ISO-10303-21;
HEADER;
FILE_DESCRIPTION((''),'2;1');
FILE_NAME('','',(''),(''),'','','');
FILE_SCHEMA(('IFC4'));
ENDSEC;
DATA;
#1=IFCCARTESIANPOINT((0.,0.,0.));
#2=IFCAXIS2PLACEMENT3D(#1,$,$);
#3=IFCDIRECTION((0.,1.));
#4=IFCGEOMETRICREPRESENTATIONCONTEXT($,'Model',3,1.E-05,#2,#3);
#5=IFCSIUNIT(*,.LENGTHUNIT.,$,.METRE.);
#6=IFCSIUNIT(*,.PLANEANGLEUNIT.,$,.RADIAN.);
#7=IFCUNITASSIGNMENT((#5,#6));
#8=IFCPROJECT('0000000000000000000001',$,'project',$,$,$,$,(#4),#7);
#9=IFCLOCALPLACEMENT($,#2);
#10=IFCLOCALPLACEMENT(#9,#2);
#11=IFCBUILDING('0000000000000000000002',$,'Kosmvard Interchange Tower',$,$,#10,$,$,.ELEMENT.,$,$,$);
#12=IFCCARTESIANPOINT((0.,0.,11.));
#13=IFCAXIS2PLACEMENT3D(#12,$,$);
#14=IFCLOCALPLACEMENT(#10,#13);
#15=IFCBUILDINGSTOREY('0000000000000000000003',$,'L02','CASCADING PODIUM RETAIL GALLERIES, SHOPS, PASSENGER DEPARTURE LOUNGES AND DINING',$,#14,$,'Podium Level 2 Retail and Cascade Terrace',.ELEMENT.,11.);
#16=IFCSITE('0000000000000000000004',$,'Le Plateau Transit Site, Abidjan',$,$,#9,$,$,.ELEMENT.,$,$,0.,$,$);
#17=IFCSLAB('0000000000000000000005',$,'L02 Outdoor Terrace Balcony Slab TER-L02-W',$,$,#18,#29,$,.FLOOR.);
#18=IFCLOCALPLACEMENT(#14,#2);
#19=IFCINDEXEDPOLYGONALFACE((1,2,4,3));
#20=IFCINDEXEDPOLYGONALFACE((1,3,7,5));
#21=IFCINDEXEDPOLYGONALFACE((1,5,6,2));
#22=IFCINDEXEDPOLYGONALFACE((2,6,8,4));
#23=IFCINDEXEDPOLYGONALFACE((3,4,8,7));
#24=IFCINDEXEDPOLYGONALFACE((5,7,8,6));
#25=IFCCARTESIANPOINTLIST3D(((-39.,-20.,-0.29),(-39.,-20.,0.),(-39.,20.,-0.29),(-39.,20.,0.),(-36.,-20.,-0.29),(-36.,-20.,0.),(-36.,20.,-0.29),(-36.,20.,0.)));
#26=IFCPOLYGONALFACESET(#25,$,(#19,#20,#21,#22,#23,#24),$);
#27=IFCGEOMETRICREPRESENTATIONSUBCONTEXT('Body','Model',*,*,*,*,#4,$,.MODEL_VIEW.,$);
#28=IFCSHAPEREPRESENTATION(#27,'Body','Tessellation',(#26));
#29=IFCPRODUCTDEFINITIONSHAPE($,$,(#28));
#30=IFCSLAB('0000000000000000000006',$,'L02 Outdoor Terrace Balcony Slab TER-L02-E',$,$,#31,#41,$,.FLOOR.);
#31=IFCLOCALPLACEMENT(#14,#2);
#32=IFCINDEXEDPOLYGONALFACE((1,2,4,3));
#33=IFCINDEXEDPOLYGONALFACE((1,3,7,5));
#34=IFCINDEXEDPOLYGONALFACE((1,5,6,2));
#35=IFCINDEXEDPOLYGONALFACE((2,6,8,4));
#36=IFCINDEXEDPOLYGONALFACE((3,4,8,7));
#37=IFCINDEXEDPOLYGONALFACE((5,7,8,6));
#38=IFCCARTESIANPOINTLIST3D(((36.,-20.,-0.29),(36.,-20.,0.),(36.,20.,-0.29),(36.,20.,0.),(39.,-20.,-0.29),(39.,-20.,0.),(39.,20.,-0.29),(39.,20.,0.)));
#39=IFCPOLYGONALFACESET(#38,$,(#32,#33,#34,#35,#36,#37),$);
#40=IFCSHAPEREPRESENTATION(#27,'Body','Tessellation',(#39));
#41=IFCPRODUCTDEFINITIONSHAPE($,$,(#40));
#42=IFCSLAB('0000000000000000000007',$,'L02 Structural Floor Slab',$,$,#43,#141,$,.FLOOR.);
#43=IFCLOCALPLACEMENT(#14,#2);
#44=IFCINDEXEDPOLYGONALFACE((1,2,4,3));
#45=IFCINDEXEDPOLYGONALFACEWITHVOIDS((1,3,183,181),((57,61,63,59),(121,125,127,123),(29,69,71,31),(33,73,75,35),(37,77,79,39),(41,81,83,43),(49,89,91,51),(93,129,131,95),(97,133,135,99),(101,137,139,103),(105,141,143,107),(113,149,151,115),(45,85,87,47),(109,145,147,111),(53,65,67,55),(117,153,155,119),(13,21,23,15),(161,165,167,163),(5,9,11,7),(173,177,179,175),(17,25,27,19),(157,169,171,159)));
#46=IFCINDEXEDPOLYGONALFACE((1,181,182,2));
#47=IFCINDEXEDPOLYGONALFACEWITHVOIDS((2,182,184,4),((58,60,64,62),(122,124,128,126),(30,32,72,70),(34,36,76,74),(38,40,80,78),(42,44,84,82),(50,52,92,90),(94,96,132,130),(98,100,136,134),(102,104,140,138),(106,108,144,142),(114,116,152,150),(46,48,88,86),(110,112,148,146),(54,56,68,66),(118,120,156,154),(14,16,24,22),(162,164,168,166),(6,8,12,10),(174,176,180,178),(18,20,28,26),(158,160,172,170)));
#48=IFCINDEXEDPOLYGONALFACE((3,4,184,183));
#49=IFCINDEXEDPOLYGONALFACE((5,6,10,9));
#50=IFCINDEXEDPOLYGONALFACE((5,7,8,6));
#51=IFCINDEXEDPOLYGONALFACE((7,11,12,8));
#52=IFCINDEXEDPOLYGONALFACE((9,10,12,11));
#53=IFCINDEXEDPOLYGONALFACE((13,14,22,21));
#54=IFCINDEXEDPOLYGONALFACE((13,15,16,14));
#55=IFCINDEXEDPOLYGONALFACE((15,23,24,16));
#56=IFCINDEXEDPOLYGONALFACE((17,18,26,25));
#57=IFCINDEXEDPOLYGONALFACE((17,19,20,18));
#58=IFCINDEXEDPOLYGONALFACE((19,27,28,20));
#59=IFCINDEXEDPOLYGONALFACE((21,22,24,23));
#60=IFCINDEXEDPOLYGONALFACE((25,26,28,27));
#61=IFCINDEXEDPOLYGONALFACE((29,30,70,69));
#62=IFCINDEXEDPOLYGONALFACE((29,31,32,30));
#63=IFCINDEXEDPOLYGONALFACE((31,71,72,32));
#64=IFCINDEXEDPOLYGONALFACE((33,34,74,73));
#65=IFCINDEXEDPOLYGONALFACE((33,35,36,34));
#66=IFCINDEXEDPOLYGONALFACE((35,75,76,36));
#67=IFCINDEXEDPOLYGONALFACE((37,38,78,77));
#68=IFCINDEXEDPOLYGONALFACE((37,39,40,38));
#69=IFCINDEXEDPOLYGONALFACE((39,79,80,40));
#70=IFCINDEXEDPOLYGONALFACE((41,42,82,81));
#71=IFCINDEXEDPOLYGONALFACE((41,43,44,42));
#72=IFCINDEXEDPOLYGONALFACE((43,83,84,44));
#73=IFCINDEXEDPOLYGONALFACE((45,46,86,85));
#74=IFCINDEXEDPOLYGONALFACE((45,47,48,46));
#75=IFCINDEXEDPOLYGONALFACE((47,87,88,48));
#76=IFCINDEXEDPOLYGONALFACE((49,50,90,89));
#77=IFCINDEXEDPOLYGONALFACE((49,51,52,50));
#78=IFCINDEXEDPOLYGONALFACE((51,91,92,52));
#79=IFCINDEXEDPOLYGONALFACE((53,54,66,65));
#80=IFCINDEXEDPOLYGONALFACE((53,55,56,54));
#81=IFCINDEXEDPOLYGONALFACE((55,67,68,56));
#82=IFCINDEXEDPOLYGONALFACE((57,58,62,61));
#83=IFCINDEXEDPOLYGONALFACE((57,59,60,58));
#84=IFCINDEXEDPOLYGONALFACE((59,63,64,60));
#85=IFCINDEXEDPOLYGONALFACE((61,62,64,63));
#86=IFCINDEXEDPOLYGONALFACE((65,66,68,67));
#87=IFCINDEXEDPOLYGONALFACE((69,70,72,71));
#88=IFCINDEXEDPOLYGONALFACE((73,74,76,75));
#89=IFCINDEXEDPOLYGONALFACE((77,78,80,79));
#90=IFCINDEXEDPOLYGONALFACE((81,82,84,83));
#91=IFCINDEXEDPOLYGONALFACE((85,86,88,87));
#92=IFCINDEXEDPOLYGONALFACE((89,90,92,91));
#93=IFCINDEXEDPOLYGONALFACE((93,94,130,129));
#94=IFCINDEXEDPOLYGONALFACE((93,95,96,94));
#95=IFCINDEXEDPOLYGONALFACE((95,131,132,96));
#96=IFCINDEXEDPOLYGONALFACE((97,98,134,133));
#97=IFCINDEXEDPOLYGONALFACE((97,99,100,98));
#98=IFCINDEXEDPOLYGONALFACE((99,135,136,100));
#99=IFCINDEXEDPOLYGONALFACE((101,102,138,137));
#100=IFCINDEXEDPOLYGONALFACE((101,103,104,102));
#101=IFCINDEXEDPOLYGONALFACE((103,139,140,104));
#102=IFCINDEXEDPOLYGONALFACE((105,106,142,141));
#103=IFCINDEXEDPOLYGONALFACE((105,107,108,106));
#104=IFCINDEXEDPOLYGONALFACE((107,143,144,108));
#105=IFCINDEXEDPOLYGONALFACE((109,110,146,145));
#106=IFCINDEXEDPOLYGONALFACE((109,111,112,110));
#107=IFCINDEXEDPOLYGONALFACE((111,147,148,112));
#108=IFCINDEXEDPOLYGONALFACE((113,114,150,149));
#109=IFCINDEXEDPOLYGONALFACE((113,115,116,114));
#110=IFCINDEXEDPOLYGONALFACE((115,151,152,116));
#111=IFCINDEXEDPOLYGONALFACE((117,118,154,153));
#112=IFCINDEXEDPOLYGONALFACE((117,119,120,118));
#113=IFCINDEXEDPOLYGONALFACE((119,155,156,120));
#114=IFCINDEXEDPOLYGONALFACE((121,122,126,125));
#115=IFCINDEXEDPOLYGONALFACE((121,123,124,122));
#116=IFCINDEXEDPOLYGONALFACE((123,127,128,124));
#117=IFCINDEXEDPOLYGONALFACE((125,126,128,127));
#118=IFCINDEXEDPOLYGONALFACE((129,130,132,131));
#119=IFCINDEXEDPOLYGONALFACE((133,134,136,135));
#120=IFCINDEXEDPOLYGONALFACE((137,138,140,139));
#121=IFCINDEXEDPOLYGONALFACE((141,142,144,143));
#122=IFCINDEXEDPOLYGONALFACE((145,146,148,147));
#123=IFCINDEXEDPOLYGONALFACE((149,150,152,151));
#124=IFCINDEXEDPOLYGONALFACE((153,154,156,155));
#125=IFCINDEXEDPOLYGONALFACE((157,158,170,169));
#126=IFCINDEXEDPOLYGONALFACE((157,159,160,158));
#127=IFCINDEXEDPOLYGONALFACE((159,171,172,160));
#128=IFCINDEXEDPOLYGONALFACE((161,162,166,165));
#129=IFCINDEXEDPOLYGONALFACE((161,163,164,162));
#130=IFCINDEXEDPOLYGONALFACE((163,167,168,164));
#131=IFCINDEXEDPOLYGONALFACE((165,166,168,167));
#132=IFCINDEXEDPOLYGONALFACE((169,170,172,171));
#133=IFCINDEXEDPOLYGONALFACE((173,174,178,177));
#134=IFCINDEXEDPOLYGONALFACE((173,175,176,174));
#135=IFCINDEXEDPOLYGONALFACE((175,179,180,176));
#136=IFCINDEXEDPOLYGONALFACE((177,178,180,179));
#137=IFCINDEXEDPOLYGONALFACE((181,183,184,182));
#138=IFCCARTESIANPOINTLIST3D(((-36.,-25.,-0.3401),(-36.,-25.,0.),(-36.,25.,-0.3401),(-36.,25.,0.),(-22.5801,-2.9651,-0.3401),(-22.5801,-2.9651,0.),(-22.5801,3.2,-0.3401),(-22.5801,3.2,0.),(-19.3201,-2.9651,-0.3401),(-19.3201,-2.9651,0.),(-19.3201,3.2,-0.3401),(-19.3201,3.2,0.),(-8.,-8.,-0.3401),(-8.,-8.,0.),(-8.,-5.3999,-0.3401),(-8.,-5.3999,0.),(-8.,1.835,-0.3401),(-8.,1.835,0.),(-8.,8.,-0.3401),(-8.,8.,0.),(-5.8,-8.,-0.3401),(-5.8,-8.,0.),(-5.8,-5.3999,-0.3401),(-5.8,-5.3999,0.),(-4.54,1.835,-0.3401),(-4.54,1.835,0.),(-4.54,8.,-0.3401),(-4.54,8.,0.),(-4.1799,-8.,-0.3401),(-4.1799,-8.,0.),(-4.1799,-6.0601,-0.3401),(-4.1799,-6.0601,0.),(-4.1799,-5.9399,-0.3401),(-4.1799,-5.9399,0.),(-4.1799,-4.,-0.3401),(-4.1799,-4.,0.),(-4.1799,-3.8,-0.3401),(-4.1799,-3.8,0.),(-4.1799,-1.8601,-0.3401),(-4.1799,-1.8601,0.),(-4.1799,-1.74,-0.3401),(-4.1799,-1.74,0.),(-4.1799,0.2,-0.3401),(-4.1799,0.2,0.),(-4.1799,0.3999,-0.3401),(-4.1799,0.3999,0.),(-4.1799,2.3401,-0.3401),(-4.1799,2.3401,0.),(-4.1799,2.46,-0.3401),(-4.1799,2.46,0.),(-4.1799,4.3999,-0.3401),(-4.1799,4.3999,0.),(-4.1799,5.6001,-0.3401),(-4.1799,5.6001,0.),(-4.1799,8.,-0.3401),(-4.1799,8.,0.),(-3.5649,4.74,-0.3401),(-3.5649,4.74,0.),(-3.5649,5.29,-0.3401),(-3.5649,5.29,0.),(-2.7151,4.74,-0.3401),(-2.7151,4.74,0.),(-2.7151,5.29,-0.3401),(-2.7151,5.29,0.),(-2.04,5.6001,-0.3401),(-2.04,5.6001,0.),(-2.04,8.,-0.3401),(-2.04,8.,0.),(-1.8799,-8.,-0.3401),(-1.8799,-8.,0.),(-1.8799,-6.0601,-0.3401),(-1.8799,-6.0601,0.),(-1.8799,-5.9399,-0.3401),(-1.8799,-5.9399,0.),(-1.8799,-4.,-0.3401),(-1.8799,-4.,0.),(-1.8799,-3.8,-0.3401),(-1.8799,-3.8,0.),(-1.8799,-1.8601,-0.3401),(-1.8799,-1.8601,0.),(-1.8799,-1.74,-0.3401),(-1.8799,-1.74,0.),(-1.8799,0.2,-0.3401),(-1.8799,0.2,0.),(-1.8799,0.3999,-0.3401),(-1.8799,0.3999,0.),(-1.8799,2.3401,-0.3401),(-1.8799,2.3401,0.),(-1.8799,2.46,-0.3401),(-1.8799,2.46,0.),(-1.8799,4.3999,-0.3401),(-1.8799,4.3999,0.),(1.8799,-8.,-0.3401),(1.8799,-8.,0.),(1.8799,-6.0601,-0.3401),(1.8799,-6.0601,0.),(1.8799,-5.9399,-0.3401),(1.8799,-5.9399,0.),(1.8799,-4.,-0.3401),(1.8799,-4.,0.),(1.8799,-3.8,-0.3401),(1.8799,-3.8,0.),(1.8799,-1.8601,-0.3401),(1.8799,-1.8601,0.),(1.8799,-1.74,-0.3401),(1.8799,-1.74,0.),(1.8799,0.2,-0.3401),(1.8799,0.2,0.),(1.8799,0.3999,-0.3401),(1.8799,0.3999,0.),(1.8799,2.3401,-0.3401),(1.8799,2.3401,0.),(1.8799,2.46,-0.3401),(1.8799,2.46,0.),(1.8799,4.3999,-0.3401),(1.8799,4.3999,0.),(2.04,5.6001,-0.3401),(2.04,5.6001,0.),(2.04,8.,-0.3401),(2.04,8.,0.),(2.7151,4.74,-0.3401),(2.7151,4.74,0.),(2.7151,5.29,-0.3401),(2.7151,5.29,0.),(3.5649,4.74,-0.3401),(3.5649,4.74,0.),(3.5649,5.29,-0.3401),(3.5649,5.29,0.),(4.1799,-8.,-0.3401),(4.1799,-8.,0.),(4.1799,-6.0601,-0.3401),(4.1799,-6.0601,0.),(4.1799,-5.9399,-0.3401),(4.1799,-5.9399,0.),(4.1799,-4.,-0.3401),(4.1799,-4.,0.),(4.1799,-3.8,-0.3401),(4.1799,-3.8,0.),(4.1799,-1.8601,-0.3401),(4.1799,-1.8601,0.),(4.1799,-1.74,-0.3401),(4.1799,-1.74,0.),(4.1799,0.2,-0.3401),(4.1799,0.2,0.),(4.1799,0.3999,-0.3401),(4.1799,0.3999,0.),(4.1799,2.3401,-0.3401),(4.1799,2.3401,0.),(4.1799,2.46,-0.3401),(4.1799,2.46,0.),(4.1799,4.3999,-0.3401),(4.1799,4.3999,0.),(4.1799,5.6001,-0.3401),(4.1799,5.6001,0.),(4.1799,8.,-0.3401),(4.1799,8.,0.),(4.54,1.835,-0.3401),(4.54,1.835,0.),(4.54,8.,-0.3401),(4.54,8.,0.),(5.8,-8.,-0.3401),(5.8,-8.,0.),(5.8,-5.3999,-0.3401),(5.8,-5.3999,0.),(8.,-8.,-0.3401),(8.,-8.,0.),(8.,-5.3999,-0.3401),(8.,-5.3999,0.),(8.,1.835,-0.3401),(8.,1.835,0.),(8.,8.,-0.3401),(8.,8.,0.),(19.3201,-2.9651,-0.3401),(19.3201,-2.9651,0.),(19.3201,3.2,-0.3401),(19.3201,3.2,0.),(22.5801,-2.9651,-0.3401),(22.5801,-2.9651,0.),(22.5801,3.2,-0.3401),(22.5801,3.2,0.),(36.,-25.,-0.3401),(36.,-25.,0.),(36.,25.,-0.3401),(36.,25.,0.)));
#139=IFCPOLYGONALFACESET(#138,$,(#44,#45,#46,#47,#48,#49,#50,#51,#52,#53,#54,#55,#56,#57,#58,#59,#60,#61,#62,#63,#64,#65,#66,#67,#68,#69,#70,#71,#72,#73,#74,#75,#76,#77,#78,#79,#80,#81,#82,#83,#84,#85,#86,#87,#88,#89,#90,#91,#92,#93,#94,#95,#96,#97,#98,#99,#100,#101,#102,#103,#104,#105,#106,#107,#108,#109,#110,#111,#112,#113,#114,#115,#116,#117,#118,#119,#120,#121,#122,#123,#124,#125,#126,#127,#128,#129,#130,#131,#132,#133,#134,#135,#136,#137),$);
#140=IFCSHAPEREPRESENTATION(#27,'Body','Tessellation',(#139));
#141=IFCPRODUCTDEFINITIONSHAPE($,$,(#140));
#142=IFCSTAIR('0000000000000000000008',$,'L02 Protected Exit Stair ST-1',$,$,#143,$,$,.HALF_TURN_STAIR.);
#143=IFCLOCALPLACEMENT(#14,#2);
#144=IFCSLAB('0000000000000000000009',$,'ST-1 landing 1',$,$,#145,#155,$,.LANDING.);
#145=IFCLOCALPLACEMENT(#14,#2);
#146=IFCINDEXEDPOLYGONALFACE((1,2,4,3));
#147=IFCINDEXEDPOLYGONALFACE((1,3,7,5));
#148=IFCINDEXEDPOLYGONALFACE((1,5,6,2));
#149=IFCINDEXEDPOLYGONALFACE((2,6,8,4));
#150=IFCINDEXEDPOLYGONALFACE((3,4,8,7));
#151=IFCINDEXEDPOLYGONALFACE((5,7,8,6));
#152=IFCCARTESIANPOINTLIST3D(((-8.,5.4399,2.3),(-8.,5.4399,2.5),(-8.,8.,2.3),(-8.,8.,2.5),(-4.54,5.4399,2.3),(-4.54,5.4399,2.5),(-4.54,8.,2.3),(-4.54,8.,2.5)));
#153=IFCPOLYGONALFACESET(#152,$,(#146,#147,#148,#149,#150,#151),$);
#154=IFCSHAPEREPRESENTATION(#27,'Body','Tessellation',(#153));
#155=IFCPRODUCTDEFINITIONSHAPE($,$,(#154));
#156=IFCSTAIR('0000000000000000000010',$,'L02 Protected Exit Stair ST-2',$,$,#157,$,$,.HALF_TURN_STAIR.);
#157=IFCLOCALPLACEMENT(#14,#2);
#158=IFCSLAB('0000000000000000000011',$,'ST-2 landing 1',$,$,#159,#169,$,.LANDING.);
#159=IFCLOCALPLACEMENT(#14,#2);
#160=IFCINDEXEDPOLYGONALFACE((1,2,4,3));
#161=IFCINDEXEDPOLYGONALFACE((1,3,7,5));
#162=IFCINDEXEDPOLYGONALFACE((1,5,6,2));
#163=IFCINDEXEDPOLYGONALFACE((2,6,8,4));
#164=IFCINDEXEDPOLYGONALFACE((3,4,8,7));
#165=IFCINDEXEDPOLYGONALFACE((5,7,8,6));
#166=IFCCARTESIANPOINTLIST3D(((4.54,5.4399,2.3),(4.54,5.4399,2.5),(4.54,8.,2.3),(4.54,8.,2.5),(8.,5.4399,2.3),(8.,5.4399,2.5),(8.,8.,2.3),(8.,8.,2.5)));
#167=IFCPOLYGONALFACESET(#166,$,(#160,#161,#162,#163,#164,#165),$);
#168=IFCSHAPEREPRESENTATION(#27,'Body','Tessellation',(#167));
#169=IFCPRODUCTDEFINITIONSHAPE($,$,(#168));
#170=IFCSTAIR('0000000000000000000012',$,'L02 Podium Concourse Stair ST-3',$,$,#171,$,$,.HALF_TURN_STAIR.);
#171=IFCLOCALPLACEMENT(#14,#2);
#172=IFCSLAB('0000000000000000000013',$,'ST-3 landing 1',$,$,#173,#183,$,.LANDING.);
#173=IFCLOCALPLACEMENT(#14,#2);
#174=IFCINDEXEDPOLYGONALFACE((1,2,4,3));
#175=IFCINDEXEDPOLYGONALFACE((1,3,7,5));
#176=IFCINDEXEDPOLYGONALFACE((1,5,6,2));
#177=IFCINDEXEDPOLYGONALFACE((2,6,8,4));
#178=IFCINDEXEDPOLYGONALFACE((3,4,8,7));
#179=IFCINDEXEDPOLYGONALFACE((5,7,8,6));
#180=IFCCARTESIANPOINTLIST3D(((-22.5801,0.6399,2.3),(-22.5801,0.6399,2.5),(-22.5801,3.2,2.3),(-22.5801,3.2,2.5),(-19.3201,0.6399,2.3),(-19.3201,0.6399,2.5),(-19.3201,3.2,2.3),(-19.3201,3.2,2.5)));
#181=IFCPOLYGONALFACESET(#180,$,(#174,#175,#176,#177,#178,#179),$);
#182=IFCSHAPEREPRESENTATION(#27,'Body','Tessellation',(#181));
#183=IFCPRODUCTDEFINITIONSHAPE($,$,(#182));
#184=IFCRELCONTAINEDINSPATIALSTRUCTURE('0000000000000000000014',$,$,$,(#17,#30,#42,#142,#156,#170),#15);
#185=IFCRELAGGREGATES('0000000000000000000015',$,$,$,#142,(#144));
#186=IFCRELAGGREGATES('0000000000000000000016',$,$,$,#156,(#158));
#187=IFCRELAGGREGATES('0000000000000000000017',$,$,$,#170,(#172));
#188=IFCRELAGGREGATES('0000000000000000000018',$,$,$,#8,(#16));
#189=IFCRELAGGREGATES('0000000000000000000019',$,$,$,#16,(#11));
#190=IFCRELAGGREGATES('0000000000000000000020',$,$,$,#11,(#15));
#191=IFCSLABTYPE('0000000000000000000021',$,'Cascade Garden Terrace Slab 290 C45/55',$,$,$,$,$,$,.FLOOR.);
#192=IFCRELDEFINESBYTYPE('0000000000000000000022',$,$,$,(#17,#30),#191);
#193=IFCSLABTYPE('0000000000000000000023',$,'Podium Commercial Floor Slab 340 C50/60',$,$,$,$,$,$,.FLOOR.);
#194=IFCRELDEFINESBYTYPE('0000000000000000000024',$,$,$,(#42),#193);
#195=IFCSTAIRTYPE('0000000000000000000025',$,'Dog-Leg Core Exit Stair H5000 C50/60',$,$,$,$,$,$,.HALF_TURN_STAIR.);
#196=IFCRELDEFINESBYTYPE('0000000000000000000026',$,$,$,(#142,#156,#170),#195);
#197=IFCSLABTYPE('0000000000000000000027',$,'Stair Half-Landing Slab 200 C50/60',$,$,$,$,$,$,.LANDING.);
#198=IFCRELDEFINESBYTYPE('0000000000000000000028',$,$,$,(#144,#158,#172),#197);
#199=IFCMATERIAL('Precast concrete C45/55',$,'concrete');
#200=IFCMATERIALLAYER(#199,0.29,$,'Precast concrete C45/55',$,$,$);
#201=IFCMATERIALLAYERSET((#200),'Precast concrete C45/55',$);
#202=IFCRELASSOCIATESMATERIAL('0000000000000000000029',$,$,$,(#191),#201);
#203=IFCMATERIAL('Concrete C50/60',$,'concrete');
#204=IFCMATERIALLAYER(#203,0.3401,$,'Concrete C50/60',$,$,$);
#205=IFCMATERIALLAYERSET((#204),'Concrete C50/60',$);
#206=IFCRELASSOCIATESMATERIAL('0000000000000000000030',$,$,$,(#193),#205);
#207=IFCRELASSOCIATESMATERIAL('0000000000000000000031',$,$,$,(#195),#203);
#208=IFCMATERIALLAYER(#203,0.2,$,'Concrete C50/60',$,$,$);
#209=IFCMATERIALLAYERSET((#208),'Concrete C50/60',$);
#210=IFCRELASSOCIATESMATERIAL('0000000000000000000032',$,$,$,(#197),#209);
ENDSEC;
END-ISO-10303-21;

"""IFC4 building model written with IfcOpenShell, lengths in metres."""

from ifc_helpers import new_model, si_unit, direction, frame, origin, place, context, subcontext, project, spatial, polyline, outline, extrude, material, layer, layer_set, type_object, element, aggregate, save


model = new_model("IFC4")

# Units and contexts
model_context = context("Model", 3, precision=1e-05, world=origin(), true_north=direction((0.0, 1.0)))
body_context = subcontext(model_context, "Body", "Model", "MODEL_VIEW")
ifc_project = project(units=[si_unit("LENGTHUNIT", "METRE"), si_unit("PLANEANGLEUNIT", "RADIAN")], contexts=[model_context])

# Site, building, storey
site_placement = place(None, origin())
site = spatial("IfcSite", under=ifc_project, at=site_placement, Name="Le Plateau Transit Site, Abidjan", CompositionType="ELEMENT", RefElevation=0.0)
building_placement = place(site_placement, origin())
building = spatial("IfcBuilding", under=site, at=building_placement, Name="Kosmvard Interchange Tower", CompositionType="ELEMENT")
storey_placement = place(building_placement, frame((0.0, 0.0, 11.0)))
storey = spatial("IfcBuildingStorey", under=building, at=storey_placement, Name="L02", Description="CASCADING PODIUM RETAIL GALLERIES, SHOPS, PASSENGER DEPARTURE LOUNGES AND DINING", LongName="Podium Level 2 Retail and Cascade Terrace", CompositionType="ELEMENT", Elevation=11.0)

# Slabs
ifc_material_1 = material(Name="Precast concrete C45/55", Category="concrete")
ifc_layer_1 = layer(ifc_material_1, 0.29, Name="Precast concrete C45/55")
ifc_layer_set_1 = layer_set([ifc_layer_1], Name="Precast concrete C45/55")
slab_type_1 = type_object("IfcSlabType", Name="Cascade Garden Terrace Slab 290 C45/55", PredefinedType="FLOOR", material=ifc_layer_set_1)
slab_1_placement = place(storey_placement, frame((0.0, 0.0, -0.29)))
element("IfcSlab", 1, at=slab_1_placement, inside=storey, type_object=slab_type_1, Name="L02 Outdoor Terrace Balcony Slab TER-L02-W", PredefinedType="FLOOR", context=body_context, shape_type="SweptSolid", body=[
    extrude(outline(polyline([(-39.0, -20.0), (-36.0, -20.0), (-36.0, 20.0), (-39.0, 20.0), (-39.0, -20.0)])), origin(), (0.0, 0.0, 1.0), 0.29),
])
slab_2_placement = place(storey_placement, frame((0.0, 0.0, -0.29)))
element("IfcSlab", 2, at=slab_2_placement, inside=storey, type_object=slab_type_1, Name="L02 Outdoor Terrace Balcony Slab TER-L02-E", PredefinedType="FLOOR", context=body_context, shape_type="SweptSolid", body=[
    extrude(outline(polyline([(36.0, -20.0), (39.0, -20.0), (39.0, 20.0), (36.0, 20.0), (36.0, -20.0)])), origin(), (0.0, 0.0, 1.0), 0.29),
])
ifc_material_2 = material(Name="Concrete C50/60", Category="concrete")
ifc_layer_2 = layer(ifc_material_2, 0.3401, Name="Concrete C50/60")
ifc_layer_set_2 = layer_set([ifc_layer_2], Name="Concrete C50/60")
slab_type_2 = type_object("IfcSlabType", Name="Podium Commercial Floor Slab 340 C50/60", PredefinedType="FLOOR", material=ifc_layer_set_2)
slab_3_placement = place(storey_placement, frame((0.0, 0.0, -0.3401)))
element("IfcSlab", 3, at=slab_3_placement, inside=storey, type_object=slab_type_2, Name="L02 Structural Floor Slab", PredefinedType="FLOOR", context=body_context, shape_type="SweptSolid", body=[
    extrude(outline(polyline([(-36.0, -25.0), (36.0, -25.0), (36.0, 25.0), (-36.0, 25.0), (-36.0, -25.0)]), holes=[polyline([(-8.0, 1.835), (-4.54, 1.835), (-4.54, 8.0), (-8.0, 8.0), (-8.0, 1.835)]), polyline([(4.54, 1.835), (8.0, 1.835), (8.0, 8.0), (4.54, 8.0), (4.54, 1.835)]), polyline([(-22.5801, -2.9651), (-19.3201, -2.9651), (-19.3201, 3.2), (-22.5801, 3.2), (-22.5801, -2.9651)]), polyline([(19.3201, -2.9651), (22.5801, -2.9651), (22.5801, 3.2), (19.3201, 3.2), (19.3201, -2.9651)]), polyline([(-8.0, -8.0), (-5.8, -8.0), (-5.8, -5.3999), (-8.0, -5.3999), (-8.0, -8.0)]), polyline([(5.8, -8.0), (8.0, -8.0), (8.0, -5.3999), (5.8, -5.3999), (5.8, -8.0)]), polyline([(-4.1799, -8.0), (-1.8799, -8.0), (-1.8799, -6.0601), (-4.1799, -6.0601), (-4.1799, -8.0)]), polyline([(-4.1799, -5.9399), (-1.8799, -5.9399), (-1.8799, -4.0), (-4.1799, -4.0), (-4.1799, -5.9399)]), polyline([(1.8799, -8.0), (4.1799, -8.0), (4.1799, -6.0601), (1.8799, -6.0601), (1.8799, -8.0)]), polyline([(1.8799, -5.9399), (4.1799, -5.9399), (4.1799, -4.0), (1.8799, -4.0), (1.8799, -5.9399)]), polyline([(-4.1799, -3.8), (-1.8799, -3.8), (-1.8799, -1.8601), (-4.1799, -1.8601), (-4.1799, -3.8)]), polyline([(-4.1799, -1.74), (-1.8799, -1.74), (-1.8799, 0.2), (-4.1799, 0.2), (-4.1799, -1.74)]), polyline([(1.8799, -3.8), (4.1799, -3.8), (4.1799, -1.8601), (1.8799, -1.8601), (1.8799, -3.8)]), polyline([(1.8799, -1.74), (4.1799, -1.74), (4.1799, 0.2), (1.8799, 0.2), (1.8799, -1.74)]), polyline([(-4.1799, 0.3999), (-1.8799, 0.3999), (-1.8799, 2.3401), (-4.1799, 2.3401), (-4.1799, 0.3999)]), polyline([(-4.1799, 2.46), (-1.8799, 2.46), (-1.8799, 4.3999), (-4.1799, 4.3999), (-4.1799, 2.46)]), polyline([(1.8799, 0.3999), (4.1799, 0.3999), (4.1799, 2.3401), (1.8799, 2.3401), (1.8799, 0.3999)]), polyline([(1.8799, 2.46), (4.1799, 2.46), (4.1799, 4.3999), (1.8799, 4.3999), (1.8799, 2.46)]), polyline([(-4.1799, 5.6001), (-2.04, 5.6001), (-2.04, 8.0), (-4.1799, 8.0), (-4.1799, 5.6001)]), polyline([(2.04, 5.6001), (4.1799, 5.6001), (4.1799, 8.0), (2.04, 8.0), (2.04, 5.6001)]), polyline([(-3.5649, 4.74), (-2.7151, 4.74), (-2.7151, 5.29), (-3.5649, 5.29), (-3.5649, 4.74)]), polyline([(2.7151, 4.74), (3.5649, 4.74), (3.5649, 5.29), (2.7151, 5.29), (2.7151, 4.74)])]), origin(), (0.0, 0.0, 1.0), 0.3401),
])

# Stairs, slabs
stair_type = type_object("IfcStairType", Name="Dog-Leg Core Exit Stair H5000 C50/60", PredefinedType="HALF_TURN_STAIR", material=ifc_material_2)
stair_1_placement = place(storey_placement, origin())
stair_1 = element("IfcStair", 4, at=stair_1_placement, inside=storey, type_object=stair_type, Name="L02 Protected Exit Stair ST-1", PredefinedType="HALF_TURN_STAIR")
ifc_layer_3 = layer(ifc_material_2, 0.2, Name="Concrete C50/60")
ifc_layer_set_3 = layer_set([ifc_layer_3], Name="Concrete C50/60")
slab_type_3 = type_object("IfcSlabType", Name="Stair Half-Landing Slab 200 C50/60", PredefinedType="LANDING", material=ifc_layer_set_3)
slab_4_placement = place(storey_placement, frame((0.0, 0.0, 2.3)))
slab_4 = element("IfcSlab", 5, at=slab_4_placement, type_object=slab_type_3, Name="ST-1 landing 1", PredefinedType="LANDING", context=body_context, shape_type="SweptSolid", body=[
    extrude(outline(polyline([(-4.54, 5.4399), (-4.54, 8.0), (-8.0, 8.0), (-8.0, 5.4399), (-4.54, 5.4399)])), origin(), (0.0, 0.0, 1.0), 0.2),
])
aggregate(stair_1, [slab_4])
stair_2_placement = place(storey_placement, origin())
stair_2 = element("IfcStair", 6, at=stair_2_placement, inside=storey, type_object=stair_type, Name="L02 Protected Exit Stair ST-2", PredefinedType="HALF_TURN_STAIR")
slab_5_placement = place(storey_placement, frame((0.0, 0.0, 2.3)))
slab_5 = element("IfcSlab", 7, at=slab_5_placement, type_object=slab_type_3, Name="ST-2 landing 1", PredefinedType="LANDING", context=body_context, shape_type="SweptSolid", body=[
    extrude(outline(polyline([(8.0, 5.4399), (8.0, 8.0), (4.54, 8.0), (4.54, 5.4399), (8.0, 5.4399)])), origin(), (0.0, 0.0, 1.0), 0.2),
])
aggregate(stair_2, [slab_5])
stair_3_placement = place(storey_placement, origin())
stair_3 = element("IfcStair", 8, at=stair_3_placement, inside=storey, type_object=stair_type, Name="L02 Podium Concourse Stair ST-3", PredefinedType="HALF_TURN_STAIR")
slab_6_placement = place(storey_placement, frame((0.0, 0.0, 2.3)))
slab_6 = element("IfcSlab", 9, at=slab_6_placement, type_object=slab_type_3, Name="ST-3 landing 1", PredefinedType="LANDING", context=body_context, shape_type="SweptSolid", body=[
    extrude(outline(polyline([(-19.3201, 0.6399), (-19.3201, 3.2), (-22.5801, 3.2), (-22.5801, 0.6399), (-19.3201, 0.6399)])), origin(), (0.0, 0.0, 1.0), 0.2),
])
aggregate(stair_3, [slab_6])

save(model, "model.ifc")
